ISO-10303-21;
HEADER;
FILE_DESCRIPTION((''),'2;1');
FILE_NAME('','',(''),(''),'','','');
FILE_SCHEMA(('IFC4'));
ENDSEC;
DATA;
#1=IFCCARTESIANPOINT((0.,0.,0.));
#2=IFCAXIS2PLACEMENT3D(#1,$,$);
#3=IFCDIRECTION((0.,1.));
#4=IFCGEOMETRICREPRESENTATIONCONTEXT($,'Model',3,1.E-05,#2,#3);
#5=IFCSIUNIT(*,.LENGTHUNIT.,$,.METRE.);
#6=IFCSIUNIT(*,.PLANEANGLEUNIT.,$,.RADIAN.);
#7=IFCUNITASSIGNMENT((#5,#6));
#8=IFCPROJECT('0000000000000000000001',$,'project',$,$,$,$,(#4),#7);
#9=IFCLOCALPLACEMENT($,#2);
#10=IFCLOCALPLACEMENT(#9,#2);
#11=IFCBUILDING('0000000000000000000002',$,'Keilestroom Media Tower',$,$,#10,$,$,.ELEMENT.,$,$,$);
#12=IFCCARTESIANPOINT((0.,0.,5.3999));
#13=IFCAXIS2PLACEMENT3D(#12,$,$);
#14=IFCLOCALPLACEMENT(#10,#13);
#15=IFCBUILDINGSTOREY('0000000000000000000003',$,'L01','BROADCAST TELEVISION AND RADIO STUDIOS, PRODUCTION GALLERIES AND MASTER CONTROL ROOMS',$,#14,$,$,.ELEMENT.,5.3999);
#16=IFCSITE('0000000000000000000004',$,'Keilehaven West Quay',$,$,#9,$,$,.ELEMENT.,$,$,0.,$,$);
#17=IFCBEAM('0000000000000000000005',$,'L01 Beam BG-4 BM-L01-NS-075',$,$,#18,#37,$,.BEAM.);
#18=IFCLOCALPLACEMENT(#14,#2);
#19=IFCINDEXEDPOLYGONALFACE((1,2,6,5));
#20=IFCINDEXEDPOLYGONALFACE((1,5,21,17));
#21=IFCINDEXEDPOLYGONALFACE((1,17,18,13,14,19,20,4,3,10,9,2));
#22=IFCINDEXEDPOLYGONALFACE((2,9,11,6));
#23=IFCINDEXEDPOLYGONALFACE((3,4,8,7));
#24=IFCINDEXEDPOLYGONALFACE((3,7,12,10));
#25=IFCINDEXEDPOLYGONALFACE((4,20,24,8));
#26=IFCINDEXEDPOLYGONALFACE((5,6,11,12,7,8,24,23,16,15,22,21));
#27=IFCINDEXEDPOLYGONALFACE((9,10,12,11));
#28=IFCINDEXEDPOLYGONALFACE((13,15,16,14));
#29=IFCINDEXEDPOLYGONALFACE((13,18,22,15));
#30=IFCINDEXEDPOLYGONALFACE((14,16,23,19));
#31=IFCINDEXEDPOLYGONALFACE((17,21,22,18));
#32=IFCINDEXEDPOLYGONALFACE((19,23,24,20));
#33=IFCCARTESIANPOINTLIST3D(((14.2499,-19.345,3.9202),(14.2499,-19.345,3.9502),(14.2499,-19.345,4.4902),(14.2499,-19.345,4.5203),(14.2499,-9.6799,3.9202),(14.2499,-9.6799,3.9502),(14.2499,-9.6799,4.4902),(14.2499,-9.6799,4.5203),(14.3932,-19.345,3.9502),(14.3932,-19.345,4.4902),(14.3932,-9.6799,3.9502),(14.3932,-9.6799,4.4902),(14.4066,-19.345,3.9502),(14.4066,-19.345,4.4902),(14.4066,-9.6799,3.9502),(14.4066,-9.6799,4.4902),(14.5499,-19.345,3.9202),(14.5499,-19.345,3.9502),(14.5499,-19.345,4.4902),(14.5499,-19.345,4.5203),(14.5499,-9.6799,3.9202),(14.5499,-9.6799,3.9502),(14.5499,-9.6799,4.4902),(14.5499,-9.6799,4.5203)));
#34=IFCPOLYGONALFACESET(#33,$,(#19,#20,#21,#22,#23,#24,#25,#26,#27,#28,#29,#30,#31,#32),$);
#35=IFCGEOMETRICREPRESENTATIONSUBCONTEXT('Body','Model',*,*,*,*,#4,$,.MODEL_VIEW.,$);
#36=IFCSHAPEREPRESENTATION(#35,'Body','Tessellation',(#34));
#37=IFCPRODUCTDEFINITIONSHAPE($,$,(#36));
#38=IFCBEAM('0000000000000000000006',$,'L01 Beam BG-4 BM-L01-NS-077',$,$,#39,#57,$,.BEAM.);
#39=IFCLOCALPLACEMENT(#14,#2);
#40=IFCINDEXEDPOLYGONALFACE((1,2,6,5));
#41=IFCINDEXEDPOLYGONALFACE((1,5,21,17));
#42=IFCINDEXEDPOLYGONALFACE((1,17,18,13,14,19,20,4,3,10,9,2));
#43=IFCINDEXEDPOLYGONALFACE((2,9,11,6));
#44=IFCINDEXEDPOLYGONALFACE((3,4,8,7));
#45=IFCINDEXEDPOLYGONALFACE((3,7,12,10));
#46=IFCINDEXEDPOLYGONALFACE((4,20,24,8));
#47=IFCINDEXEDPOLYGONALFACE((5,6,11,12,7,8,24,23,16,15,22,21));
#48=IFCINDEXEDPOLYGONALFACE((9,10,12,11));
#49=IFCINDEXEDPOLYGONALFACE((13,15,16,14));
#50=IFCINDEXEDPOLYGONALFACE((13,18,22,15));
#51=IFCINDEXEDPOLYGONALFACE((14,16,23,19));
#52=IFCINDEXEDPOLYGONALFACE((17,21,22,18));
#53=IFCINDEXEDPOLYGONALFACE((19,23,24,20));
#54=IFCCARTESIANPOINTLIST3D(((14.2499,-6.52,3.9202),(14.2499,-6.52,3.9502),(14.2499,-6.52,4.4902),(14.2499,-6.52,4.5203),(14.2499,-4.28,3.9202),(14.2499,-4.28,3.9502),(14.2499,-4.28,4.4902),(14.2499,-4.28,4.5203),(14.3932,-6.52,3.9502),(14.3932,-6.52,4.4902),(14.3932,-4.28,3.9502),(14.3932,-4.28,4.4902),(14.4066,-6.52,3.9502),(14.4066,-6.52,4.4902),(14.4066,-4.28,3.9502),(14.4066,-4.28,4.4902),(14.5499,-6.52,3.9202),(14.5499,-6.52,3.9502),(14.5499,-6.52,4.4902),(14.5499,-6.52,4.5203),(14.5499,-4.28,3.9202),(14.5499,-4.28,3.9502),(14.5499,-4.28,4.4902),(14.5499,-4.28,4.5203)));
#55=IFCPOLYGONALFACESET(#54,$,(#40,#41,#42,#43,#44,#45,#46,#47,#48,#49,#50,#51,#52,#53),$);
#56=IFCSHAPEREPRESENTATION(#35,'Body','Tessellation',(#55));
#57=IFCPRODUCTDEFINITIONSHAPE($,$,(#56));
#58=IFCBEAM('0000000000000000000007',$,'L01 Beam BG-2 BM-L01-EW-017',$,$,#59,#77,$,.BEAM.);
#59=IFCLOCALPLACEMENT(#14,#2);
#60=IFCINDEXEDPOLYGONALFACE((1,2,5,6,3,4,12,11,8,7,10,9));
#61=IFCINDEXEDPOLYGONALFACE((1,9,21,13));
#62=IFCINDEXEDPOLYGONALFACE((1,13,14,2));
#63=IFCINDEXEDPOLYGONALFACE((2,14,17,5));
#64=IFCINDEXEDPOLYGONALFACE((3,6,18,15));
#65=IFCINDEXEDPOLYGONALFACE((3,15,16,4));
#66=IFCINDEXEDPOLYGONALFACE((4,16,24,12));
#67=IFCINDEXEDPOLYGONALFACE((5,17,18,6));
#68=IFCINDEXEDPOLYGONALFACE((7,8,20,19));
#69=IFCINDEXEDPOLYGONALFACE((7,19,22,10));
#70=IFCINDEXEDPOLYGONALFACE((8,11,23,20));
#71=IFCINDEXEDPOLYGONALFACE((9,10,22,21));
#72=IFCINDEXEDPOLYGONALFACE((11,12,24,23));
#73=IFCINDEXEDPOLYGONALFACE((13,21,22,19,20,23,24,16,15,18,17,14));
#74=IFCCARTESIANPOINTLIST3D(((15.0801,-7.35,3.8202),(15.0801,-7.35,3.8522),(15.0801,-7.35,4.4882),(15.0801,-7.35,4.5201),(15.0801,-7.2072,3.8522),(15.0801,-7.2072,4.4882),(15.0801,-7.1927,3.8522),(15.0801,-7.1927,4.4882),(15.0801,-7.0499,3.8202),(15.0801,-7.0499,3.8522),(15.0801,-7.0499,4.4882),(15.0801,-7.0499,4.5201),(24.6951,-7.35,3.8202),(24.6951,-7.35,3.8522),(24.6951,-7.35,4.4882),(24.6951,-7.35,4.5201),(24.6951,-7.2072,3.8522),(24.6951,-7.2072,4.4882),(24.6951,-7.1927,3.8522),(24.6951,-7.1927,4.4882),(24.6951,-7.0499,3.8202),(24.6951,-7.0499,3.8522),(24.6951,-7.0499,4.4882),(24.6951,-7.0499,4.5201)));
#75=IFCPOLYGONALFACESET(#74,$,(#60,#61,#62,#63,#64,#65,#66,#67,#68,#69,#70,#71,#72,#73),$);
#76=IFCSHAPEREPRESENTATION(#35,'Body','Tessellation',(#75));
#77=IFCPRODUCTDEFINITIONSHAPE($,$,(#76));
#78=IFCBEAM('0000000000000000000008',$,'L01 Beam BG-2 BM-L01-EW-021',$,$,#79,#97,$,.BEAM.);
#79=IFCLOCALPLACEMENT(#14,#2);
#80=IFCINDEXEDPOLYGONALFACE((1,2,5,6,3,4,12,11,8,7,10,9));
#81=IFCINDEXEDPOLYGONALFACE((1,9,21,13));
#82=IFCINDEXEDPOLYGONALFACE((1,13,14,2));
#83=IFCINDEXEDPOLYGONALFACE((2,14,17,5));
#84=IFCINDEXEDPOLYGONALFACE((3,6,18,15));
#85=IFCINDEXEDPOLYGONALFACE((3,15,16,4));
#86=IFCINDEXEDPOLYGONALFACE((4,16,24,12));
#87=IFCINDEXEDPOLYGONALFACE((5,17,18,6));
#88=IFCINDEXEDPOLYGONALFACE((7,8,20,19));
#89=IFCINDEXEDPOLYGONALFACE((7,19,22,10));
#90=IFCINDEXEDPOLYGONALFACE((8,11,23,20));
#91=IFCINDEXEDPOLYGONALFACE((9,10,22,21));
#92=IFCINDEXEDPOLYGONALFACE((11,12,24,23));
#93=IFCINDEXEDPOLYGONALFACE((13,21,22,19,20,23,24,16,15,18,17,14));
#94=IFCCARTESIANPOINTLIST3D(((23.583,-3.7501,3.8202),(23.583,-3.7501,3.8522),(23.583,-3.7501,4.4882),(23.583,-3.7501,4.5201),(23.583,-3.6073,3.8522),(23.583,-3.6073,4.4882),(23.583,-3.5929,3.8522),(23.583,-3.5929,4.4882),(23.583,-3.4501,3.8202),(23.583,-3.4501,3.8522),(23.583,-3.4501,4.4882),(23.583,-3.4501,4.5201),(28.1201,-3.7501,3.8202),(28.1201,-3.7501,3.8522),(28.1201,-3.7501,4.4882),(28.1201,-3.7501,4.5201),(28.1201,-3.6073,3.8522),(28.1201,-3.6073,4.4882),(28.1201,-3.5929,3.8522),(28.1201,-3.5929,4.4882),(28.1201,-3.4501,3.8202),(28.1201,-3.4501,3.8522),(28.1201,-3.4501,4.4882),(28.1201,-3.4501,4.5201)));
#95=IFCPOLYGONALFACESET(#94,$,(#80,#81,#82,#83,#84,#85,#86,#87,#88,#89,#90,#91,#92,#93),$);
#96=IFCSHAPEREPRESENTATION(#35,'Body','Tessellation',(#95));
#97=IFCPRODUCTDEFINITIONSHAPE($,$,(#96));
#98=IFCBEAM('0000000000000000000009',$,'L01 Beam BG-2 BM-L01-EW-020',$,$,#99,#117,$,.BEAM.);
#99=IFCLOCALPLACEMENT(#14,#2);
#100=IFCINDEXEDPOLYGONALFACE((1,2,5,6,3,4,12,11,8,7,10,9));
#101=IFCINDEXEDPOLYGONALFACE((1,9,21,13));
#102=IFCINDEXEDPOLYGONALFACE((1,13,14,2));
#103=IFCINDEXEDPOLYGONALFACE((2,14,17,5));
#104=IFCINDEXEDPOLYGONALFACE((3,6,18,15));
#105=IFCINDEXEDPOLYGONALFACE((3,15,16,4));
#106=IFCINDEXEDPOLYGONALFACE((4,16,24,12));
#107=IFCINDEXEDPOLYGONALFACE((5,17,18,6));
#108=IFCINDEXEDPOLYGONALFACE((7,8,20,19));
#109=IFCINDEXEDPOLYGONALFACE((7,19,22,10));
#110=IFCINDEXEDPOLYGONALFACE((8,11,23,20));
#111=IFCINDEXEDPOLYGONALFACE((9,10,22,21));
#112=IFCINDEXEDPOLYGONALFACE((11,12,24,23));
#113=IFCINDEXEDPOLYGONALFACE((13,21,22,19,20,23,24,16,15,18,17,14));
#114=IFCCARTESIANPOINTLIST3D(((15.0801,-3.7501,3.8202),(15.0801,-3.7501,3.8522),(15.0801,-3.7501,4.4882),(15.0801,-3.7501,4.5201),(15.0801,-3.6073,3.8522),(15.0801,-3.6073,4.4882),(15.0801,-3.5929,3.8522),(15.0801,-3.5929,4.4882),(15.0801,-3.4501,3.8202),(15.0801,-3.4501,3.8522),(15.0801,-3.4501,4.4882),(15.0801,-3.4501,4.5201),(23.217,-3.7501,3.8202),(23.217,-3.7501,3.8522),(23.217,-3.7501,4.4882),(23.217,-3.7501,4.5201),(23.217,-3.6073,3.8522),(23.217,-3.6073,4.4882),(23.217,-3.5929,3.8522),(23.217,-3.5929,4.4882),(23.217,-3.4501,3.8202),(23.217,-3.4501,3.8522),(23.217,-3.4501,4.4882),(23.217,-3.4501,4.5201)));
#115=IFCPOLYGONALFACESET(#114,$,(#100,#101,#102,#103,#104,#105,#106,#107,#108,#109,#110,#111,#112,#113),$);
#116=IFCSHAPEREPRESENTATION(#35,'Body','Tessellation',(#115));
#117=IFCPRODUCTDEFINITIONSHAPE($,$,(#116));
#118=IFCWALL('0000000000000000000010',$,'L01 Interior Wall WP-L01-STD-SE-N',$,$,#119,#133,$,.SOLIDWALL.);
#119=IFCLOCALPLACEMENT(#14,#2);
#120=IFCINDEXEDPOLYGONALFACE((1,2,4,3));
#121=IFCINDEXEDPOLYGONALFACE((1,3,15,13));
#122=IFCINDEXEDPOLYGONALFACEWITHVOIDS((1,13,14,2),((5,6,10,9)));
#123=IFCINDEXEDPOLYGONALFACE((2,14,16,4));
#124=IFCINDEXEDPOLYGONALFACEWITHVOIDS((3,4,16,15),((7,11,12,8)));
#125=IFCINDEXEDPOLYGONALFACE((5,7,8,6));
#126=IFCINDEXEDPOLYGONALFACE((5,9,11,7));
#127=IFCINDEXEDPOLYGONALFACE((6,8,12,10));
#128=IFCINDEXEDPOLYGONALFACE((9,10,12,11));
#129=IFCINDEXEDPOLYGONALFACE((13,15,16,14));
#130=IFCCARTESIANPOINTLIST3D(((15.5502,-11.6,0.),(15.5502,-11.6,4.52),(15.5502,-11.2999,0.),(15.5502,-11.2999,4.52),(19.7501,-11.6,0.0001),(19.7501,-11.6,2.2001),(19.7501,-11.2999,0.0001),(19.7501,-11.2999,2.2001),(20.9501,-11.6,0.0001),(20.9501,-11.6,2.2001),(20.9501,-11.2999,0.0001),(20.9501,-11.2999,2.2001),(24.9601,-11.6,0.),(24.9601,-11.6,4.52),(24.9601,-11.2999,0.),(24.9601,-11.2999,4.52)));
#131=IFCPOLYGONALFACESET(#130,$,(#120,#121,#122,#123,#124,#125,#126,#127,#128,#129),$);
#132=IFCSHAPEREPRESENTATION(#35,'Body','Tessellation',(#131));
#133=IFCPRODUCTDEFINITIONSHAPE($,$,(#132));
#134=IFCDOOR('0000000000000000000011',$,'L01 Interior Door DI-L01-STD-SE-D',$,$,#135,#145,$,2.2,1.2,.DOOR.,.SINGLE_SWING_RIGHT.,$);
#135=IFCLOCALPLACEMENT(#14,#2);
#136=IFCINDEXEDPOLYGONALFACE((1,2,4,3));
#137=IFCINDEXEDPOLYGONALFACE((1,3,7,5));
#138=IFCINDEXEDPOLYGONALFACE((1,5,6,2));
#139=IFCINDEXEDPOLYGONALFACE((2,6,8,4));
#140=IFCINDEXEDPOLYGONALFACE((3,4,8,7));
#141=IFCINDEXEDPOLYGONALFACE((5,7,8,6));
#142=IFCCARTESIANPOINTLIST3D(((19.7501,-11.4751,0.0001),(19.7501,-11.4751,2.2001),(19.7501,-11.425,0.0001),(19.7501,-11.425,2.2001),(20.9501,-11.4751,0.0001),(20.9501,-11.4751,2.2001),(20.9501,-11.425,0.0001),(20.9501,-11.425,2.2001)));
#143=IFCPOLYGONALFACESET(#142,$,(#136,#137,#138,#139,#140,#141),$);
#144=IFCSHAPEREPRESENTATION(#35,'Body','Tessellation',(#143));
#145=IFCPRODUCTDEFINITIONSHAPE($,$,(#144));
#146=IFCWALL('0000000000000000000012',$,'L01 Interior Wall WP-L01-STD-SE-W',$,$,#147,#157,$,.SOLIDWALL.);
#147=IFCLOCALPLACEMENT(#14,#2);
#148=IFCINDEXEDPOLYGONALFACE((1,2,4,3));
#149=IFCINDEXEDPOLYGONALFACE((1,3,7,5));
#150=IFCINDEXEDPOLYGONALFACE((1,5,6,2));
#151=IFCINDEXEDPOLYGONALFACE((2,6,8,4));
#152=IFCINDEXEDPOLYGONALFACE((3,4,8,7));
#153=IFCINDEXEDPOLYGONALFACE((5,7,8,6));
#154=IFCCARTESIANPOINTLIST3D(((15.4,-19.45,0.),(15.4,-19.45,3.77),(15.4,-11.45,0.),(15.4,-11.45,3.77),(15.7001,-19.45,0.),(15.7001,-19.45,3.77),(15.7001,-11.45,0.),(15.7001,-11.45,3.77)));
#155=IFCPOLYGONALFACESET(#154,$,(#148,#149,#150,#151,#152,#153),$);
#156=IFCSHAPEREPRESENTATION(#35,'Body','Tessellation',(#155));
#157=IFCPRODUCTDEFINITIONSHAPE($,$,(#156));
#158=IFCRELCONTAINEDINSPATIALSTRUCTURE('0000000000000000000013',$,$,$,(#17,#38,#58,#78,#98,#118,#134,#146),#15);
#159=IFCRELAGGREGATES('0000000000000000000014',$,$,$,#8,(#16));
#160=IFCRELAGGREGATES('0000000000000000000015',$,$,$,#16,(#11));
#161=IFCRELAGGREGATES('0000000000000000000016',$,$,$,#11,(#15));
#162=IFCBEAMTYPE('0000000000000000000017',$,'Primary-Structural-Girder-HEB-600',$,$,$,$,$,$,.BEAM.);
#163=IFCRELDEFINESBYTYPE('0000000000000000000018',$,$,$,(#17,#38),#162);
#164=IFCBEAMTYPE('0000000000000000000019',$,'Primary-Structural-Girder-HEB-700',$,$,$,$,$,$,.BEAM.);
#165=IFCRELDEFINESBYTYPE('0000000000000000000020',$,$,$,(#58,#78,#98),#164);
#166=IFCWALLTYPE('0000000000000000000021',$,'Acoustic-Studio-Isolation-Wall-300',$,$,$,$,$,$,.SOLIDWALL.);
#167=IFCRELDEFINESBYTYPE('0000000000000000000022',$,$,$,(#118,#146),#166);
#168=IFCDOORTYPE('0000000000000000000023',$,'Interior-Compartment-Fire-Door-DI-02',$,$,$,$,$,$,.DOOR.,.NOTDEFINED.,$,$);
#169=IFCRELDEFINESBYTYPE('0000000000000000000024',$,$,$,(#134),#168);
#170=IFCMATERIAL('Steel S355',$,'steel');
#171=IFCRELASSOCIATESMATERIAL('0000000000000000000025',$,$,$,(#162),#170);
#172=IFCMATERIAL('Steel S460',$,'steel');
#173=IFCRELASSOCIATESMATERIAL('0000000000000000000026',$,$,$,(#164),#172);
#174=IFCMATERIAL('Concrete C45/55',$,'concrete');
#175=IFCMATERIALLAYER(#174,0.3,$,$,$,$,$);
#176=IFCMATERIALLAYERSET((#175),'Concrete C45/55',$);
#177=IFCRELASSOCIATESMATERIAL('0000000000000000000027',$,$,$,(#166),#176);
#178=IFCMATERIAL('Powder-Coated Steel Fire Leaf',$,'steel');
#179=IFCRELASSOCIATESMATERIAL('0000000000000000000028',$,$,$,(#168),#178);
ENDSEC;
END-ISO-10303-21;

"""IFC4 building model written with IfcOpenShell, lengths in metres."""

from ifc_helpers import new_model, si_unit, direction, frame, frame_2d, origin, origin_2d, place, context, subcontext, project, spatial, rectangle, i_section, extrude, source, transform, mapped, material, layer, layer_set, material_profile, profile_set, type_object, element, fill, save


model = new_model("IFC4")

# Units and contexts
model_context = context("Model", 3, precision=1e-05, world=origin(), true_north=direction((0.0, 1.0)))
body_context = subcontext(model_context, "Body", "Model", "MODEL_VIEW")
ifc_project = project(units=[si_unit("LENGTHUNIT", "METRE"), si_unit("PLANEANGLEUNIT", "RADIAN")], contexts=[model_context])

# Site, building, storey
site_placement = place(None, origin())
site = spatial("IfcSite", under=ifc_project, at=site_placement, Name="Keilehaven West Quay", CompositionType="ELEMENT", RefElevation=0.0)
building_placement = place(site_placement, origin())
building = spatial("IfcBuilding", under=site, at=building_placement, Name="Keilestroom Media Tower", CompositionType="ELEMENT")
storey_placement = place(building_placement, frame((0.0, 0.0, 5.3999)))
storey = spatial("IfcBuildingStorey", under=building, at=storey_placement, Name="L01", Description="BROADCAST TELEVISION AND RADIO STUDIOS, PRODUCTION GALLERIES AND MASTER CONTROL ROOMS", CompositionType="ELEMENT", Elevation=5.3999)

# Shared definitions
ifc_material_1 = material(Name="Steel S460", Category="steel")

# Beams
ifc_material_2 = material(Name="Steel S355", Category="steel")
ifc_material_profile_1 = material_profile(ifc_material_2, i_section(OverallWidth=0.3, OverallDepth=0.6001, WebThickness=0.0134, FlangeThickness=0.03, at=origin_2d()), Name="HEB 600")
ifc_profile_set_1 = profile_set([ifc_material_profile_1], Name="Steel S355")
beam_type_1 = type_object("IfcBeamType", Name="Primary-Structural-Girder-HEB-600", PredefinedType="BEAM", material=ifc_profile_set_1)
shared_shape_1 = source(origin(), body_context, "Body", "SweptSolid", [
    extrude(i_section(OverallWidth=0.3, OverallDepth=0.6001, WebThickness=0.0134, FlangeThickness=0.03, at=origin_2d()), origin(), (0.0, 0.0, 1.0), 9.665),
])
beam_1_placement = place(storey_placement, frame((14.3999, -19.345, 4.2202), z_axis=(0.0, 1.0, 0.0), x_axis=(-1.0, 0.0, 0.0)))
element("IfcBeam", 1, at=beam_1_placement, inside=storey, type_object=beam_type_1, Name="L01 Beam BG-4 BM-L01-NS-075", PredefinedType="BEAM", context=body_context, shape_type="MappedRepresentation", body=[
    mapped(shared_shape_1, transform((0.0, 0.0, 0.0), x_axis=(1.0, 0.0, 0.0), y_axis=(0.0, 1.0, 0.0), z_axis=(0.0, 0.0, 1.0), scale=1.0)),
])
shared_shape_2 = source(origin(), body_context, "Body", "SweptSolid", [
    extrude(i_section(OverallWidth=0.3, OverallDepth=0.6001, WebThickness=0.0134, FlangeThickness=0.03, at=origin_2d()), origin(), (0.0, 0.0, 1.0), 2.24),
])
beam_2_placement = place(storey_placement, frame((14.3999, -6.52, 4.2202), z_axis=(0.0, 1.0, 0.0), x_axis=(-1.0, 0.0, 0.0)))
element("IfcBeam", 2, at=beam_2_placement, inside=storey, type_object=beam_type_1, Name="L01 Beam BG-4 BM-L01-NS-077", PredefinedType="BEAM", context=body_context, shape_type="MappedRepresentation", body=[
    mapped(shared_shape_2, transform((0.0, 0.0, 0.0), x_axis=(1.0, 0.0, 0.0), y_axis=(0.0, 1.0, 0.0), z_axis=(0.0, 0.0, 1.0), scale=1.0)),
])
ifc_material_profile_2 = material_profile(ifc_material_1, i_section(OverallWidth=0.3, OverallDepth=0.7, WebThickness=0.0144, FlangeThickness=0.032, at=origin_2d()), Name="HEB 700")
ifc_profile_set_2 = profile_set([ifc_material_profile_2], Name="Steel S460")
beam_type_2 = type_object("IfcBeamType", Name="Primary-Structural-Girder-HEB-700", PredefinedType="BEAM", material=ifc_profile_set_2)
shared_shape_3 = source(origin(), body_context, "Body", "SweptSolid", [
    extrude(i_section(OverallWidth=0.3, OverallDepth=0.7, WebThickness=0.0144, FlangeThickness=0.032, at=origin_2d()), origin(), (0.0, 0.0, 1.0), 9.615),
])
beam_3_placement = place(storey_placement, frame((15.0801, -7.2, 4.1702), z_axis=(1.0, 0.0, 0.0), x_axis=(0.0, 1.0, 0.0)))
element("IfcBeam", 3, at=beam_3_placement, inside=storey, type_object=beam_type_2, Name="L01 Beam BG-2 BM-L01-EW-017", PredefinedType="BEAM", context=body_context, shape_type="MappedRepresentation", body=[
    mapped(shared_shape_3, transform((0.0, 0.0, 0.0), x_axis=(1.0, 0.0, 0.0), y_axis=(0.0, 1.0, 0.0), z_axis=(0.0, 0.0, 1.0), scale=1.0)),
])
shared_shape_4 = source(origin(), body_context, "Body", "SweptSolid", [
    extrude(i_section(OverallWidth=0.3, OverallDepth=0.7, WebThickness=0.0144, FlangeThickness=0.032, at=origin_2d()), origin(), (0.0, 0.0, 1.0), 4.5371),
])
beam_4_placement = place(storey_placement, frame((23.583, -3.6001, 4.1702), z_axis=(1.0, 0.0, 0.0), x_axis=(0.0, 1.0, 0.0)))
element("IfcBeam", 4, at=beam_4_placement, inside=storey, type_object=beam_type_2, Name="L01 Beam BG-2 BM-L01-EW-021", PredefinedType="BEAM", context=body_context, shape_type="MappedRepresentation", body=[
    mapped(shared_shape_4, transform((0.0, 0.0, 0.0), x_axis=(1.0, 0.0, 0.0), y_axis=(0.0, 1.0, 0.0), z_axis=(0.0, 0.0, 1.0), scale=1.0)),
])
shared_shape_5 = source(origin(), body_context, "Body", "SweptSolid", [
    extrude(i_section(OverallWidth=0.3, OverallDepth=0.7, WebThickness=0.0144, FlangeThickness=0.032, at=origin_2d()), origin(), (0.0, 0.0, 1.0), 8.137),
])
beam_5_placement = place(storey_placement, frame((15.0801, -3.6001, 4.1702), z_axis=(1.0, 0.0, 0.0), x_axis=(0.0, 1.0, 0.0)))
element("IfcBeam", 5, at=beam_5_placement, inside=storey, type_object=beam_type_2, Name="L01 Beam BG-2 BM-L01-EW-020", PredefinedType="BEAM", context=body_context, shape_type="MappedRepresentation", body=[
    mapped(shared_shape_5, transform((0.0, 0.0, 0.0), x_axis=(1.0, 0.0, 0.0), y_axis=(0.0, 1.0, 0.0), z_axis=(0.0, 0.0, 1.0), scale=1.0)),
])

# Wall, opening, door
ifc_material_3 = material(Name="Concrete C45/55", Category="concrete")
ifc_layer_1 = layer(ifc_material_3, 0.3)
ifc_layer_set_1 = layer_set([ifc_layer_1], Name="Concrete C45/55")
wall_type_1 = type_object("IfcWallType", Name="Acoustic-Studio-Isolation-Wall-300", PredefinedType="SOLIDWALL", material=ifc_layer_set_1)
wall_1_placement = place(storey_placement, frame((15.55, -11.45, 0.0), z_axis=(0.0, 0.0, 1.0), x_axis=(1.0, 0.0, 0.0)))
wall_1 = element("IfcWall", 6, at=wall_1_placement, inside=storey, type_object=wall_type_1, Name="L01 Interior Wall WP-L01-STD-SE-N", PredefinedType="SOLIDWALL", context=body_context, shape_type="SweptSolid", body=[
    extrude(rectangle(XDim=9.4099, YDim=0.3, at=frame_2d((4.7051, 0.0))), origin(), (0.0, 0.0, 1.0), 4.52),
])
opening_1_placement = place(wall_1_placement, frame((4.2, 0.0, 0.0)))
opening_1 = element("IfcOpeningElement", 7, at=opening_1_placement, cuts=wall_1, PredefinedType="OPENING", context=body_context, shape_type="SweptSolid", body=[
    extrude(rectangle(XDim=1.2, YDim=2.2, at=frame_2d((0.6001, 1.1001))), frame((0.0, 0.1602, 0.0), z_axis=(0.0, -1.0, 0.0), x_axis=(1.0, 0.0, 0.0)), (0.0, 0.0, 1.0), 0.3201),
])
ifc_material_4 = material(Name="Powder-Coated Steel Fire Leaf", Category="steel")
door_type = type_object("IfcDoorType", Name="Interior-Compartment-Fire-Door-DI-02", OperationType="NOTDEFINED", PredefinedType="DOOR", material=ifc_material_4)
shared_shape_6 = source(origin(), body_context, "Body", "SweptSolid", [
    extrude(rectangle(XDim=1.2, YDim=2.2, at=frame_2d((0.6001, 1.1001))), frame((0.0, 0.0249, 0.0), z_axis=(0.0, -1.0, 0.0), x_axis=(1.0, 0.0, 0.0)), (0.0, 0.0, 1.0), 0.05),
])
door_placement = place(opening_1_placement, origin())
door = element("IfcDoor", 8, at=door_placement, inside=storey, type_object=door_type, Name="L01 Interior Door DI-L01-STD-SE-D", OperationType="SINGLE_SWING_RIGHT", OverallHeight=2.2, OverallWidth=1.2, PredefinedType="DOOR", context=body_context, shape_type="MappedRepresentation", body=[
    mapped(shared_shape_6, transform((0.0, 0.0, 0.0), x_axis=(1.0, 0.0, 0.0), y_axis=(0.0, 1.0, 0.0), z_axis=(0.0, 0.0, 1.0), scale=1.0)),
])
fill(opening_1, door)

# Wall
wall_2_placement = place(storey_placement, frame((15.55, -19.45, 0.0), z_axis=(0.0, 0.0, 1.0), x_axis=(0.0, 1.0, 0.0)))
element("IfcWall", 9, at=wall_2_placement, inside=storey, type_object=wall_type_1, Name="L01 Interior Wall WP-L01-STD-SE-W", PredefinedType="SOLIDWALL", context=body_context, shape_type="SweptSolid", body=[
    extrude(rectangle(XDim=8.0, YDim=0.3, at=frame_2d((4.0, 0.0))), origin(), (0.0, 0.0, 1.0), 3.77),
])

save(model, "model.ifc")
